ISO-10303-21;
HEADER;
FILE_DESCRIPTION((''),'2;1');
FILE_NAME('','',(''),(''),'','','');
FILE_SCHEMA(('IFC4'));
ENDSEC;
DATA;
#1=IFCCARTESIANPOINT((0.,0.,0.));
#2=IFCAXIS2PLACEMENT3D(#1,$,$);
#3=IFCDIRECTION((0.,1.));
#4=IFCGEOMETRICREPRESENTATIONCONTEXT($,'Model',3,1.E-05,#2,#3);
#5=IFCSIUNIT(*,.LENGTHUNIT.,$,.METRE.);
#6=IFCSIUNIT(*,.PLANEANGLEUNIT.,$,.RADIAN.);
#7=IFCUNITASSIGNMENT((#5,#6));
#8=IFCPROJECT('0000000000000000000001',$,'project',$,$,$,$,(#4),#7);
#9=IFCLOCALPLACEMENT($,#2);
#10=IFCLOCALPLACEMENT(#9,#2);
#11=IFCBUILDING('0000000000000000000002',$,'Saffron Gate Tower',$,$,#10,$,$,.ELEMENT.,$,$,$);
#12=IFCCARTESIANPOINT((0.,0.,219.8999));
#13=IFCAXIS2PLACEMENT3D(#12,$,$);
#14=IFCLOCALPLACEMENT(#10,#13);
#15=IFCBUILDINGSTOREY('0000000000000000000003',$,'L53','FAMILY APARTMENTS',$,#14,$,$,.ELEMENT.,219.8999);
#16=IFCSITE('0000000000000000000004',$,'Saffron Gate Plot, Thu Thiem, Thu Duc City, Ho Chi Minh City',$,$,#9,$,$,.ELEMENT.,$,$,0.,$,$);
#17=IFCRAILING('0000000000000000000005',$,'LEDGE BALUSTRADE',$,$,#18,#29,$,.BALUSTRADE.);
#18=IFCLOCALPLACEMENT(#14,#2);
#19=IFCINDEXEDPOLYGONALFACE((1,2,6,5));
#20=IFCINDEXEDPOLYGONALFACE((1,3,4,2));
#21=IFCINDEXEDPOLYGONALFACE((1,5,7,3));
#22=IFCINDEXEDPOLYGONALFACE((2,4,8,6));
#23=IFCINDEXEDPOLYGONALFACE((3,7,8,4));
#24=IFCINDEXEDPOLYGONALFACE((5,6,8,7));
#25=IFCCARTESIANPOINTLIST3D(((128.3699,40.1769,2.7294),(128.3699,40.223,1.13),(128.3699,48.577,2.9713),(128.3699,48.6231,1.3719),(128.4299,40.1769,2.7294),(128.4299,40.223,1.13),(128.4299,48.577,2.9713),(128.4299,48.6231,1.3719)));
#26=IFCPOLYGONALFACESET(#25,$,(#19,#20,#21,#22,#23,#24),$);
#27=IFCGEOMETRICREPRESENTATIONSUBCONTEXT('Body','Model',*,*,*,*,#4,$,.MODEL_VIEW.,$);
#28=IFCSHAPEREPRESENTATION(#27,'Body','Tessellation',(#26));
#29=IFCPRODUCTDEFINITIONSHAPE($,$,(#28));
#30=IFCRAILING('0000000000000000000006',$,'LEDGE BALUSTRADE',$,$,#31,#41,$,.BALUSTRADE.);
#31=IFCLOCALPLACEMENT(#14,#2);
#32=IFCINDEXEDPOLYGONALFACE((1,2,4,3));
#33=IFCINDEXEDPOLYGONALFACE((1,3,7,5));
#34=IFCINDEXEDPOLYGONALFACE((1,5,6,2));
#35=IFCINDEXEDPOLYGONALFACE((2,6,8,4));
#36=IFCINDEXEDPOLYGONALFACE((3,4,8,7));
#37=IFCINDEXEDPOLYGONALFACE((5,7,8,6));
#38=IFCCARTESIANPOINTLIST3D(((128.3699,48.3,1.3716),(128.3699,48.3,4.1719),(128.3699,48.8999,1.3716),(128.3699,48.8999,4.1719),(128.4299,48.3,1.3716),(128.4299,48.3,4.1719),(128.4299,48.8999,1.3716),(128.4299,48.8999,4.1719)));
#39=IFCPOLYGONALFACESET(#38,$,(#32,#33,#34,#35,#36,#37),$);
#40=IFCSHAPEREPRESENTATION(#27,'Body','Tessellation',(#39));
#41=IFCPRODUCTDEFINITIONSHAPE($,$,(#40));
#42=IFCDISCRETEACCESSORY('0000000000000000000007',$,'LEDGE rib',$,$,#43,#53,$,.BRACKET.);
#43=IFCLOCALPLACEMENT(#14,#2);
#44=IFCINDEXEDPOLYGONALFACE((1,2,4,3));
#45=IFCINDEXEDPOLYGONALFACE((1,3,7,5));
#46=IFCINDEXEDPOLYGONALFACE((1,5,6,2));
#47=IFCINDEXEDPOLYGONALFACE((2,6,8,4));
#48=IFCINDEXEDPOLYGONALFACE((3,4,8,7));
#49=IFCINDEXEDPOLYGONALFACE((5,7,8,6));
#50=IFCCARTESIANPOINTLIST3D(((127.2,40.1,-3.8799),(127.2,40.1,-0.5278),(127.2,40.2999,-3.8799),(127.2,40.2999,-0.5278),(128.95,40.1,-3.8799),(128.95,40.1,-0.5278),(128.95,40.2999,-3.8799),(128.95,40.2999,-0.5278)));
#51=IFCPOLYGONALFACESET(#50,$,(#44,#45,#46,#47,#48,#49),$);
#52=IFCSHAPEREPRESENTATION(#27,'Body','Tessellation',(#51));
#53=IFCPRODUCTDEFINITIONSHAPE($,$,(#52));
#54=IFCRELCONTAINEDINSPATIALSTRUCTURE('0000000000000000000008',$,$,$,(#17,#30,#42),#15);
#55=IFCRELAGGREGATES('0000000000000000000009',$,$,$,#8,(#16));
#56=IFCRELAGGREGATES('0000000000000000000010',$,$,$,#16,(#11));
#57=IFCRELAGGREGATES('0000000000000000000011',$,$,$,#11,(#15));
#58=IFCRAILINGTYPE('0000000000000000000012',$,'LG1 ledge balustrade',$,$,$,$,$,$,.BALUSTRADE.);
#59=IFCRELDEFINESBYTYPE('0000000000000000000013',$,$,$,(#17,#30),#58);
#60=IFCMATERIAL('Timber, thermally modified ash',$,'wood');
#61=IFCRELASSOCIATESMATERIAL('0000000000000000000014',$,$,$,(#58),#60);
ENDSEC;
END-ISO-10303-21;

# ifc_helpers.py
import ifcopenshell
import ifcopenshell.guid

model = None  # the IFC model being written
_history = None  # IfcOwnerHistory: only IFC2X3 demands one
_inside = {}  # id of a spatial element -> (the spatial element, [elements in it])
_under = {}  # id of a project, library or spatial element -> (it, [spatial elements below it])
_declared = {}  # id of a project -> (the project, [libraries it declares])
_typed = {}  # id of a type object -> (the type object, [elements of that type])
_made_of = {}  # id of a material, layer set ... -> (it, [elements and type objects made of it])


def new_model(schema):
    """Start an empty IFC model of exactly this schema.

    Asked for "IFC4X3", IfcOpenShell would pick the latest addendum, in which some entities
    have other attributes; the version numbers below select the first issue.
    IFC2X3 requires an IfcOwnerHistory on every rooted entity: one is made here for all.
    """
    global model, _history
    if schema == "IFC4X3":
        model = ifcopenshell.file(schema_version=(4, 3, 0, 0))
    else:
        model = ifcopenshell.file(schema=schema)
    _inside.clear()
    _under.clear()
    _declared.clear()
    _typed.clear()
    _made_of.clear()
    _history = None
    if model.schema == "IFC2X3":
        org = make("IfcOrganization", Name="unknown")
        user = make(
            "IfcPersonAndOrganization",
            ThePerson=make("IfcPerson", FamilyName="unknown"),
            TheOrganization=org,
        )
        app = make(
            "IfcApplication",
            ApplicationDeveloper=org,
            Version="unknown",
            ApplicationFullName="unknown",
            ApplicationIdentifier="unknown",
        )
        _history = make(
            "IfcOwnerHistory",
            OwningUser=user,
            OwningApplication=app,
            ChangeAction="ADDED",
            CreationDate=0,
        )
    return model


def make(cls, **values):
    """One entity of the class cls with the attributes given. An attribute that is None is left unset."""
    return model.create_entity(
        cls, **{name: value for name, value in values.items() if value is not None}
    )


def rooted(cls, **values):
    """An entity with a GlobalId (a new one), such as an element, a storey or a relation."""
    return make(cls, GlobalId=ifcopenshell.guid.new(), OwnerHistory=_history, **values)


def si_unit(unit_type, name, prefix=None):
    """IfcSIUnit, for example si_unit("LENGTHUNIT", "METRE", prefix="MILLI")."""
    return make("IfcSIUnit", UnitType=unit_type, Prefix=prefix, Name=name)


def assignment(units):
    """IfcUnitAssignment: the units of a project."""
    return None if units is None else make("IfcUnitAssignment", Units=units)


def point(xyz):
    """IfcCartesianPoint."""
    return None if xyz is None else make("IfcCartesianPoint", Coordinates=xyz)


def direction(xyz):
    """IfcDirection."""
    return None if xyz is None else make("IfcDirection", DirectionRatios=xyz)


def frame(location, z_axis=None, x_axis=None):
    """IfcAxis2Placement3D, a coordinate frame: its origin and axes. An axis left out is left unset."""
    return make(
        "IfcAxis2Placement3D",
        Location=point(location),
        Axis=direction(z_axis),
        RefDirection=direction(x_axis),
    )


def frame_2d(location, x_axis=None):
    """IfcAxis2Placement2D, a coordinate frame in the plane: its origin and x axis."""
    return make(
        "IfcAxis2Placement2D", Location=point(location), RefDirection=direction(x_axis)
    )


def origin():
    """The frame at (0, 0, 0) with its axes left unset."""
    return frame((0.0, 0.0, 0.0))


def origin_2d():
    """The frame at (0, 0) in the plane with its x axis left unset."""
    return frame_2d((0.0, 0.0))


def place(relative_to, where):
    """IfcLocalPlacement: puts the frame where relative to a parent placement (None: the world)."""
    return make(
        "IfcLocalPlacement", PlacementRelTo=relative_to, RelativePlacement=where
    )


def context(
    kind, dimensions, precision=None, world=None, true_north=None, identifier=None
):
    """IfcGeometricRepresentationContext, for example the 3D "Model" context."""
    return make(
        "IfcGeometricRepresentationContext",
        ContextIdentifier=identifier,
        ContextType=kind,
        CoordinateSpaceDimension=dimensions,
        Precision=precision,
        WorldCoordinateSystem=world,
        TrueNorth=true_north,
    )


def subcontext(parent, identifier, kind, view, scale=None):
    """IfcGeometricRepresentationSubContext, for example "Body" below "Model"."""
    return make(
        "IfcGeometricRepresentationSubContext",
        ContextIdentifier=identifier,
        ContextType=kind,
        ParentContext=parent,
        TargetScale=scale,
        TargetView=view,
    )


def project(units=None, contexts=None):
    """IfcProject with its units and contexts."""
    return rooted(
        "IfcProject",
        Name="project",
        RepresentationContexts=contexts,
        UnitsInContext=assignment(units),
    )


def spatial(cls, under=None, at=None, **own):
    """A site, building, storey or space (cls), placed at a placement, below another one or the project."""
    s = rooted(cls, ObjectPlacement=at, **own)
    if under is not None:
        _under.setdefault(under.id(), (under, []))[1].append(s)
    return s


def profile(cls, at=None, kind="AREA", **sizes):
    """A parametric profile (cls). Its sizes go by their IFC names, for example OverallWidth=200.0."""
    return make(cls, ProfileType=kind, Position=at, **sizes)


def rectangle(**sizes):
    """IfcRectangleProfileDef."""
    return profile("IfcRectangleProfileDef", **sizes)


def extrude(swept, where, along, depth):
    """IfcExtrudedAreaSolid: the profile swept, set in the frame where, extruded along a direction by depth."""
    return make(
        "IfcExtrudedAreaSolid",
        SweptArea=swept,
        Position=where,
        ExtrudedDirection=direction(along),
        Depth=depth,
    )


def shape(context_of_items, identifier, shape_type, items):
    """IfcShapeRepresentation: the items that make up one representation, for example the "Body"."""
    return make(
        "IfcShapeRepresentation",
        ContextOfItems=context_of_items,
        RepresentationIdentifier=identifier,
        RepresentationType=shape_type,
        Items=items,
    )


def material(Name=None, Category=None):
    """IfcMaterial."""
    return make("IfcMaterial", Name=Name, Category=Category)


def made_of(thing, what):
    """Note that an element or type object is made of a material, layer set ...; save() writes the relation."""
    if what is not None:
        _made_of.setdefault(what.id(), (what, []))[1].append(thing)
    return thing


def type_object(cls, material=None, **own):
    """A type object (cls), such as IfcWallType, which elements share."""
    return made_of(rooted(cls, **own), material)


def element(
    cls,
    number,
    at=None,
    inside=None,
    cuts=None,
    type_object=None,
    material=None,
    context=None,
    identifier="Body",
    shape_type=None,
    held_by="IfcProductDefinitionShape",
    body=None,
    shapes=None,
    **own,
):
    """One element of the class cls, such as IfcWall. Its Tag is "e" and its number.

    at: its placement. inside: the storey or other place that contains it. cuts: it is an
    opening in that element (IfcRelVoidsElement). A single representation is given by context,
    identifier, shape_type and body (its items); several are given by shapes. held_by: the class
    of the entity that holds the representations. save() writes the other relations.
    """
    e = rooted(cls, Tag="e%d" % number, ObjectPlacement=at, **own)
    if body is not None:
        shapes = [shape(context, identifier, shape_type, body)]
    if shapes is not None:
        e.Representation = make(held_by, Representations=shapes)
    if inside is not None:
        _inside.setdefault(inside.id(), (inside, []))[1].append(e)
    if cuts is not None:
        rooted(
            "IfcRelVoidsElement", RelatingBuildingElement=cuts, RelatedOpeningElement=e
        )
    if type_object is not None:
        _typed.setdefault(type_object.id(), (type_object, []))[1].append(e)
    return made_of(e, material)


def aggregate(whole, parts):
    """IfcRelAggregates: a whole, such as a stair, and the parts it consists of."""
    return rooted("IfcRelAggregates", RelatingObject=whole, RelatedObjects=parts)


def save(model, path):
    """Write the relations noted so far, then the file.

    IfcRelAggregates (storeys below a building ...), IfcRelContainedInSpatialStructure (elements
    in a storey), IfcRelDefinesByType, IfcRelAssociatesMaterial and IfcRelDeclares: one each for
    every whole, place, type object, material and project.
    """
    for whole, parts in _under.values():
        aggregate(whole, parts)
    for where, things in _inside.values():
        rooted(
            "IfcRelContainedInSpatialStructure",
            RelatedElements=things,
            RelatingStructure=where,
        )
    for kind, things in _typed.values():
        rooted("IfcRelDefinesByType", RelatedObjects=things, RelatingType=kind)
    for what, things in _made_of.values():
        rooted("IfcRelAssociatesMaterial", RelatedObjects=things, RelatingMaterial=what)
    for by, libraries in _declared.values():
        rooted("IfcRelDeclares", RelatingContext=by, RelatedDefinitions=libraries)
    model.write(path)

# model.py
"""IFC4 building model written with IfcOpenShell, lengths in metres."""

from ifc_helpers import new_model, si_unit, direction, frame, origin, origin_2d, place, context, subcontext, project, spatial, rectangle, extrude, material, type_object, element, save


model = new_model("IFC4")

# Units and contexts
model_context = context("Model", 3, precision=1e-05, world=origin(), true_north=direction((0.0, 1.0)))
body_context = subcontext(model_context, "Body", "Model", "MODEL_VIEW")
ifc_project = project(units=[si_unit("LENGTHUNIT", "METRE"), si_unit("PLANEANGLEUNIT", "RADIAN")], contexts=[model_context])

# Site, building, storey
site_placement = place(None, origin())
site = spatial("IfcSite", under=ifc_project, at=site_placement, Name="Saffron Gate Plot, Thu Thiem, Thu Duc City, Ho Chi Minh City", CompositionType="ELEMENT", RefElevation=0.0)
building_placement = place(site_placement, origin())
building = spatial("IfcBuilding", under=site, at=building_placement, Name="Saffron Gate Tower", CompositionType="ELEMENT")
storey_placement = place(building_placement, frame((0.0, 0.0, 219.8999)))
storey = spatial("IfcBuildingStorey", under=building, at=storey_placement, Name="L53", Description="FAMILY APARTMENTS", CompositionType="ELEMENT", Elevation=219.8999)

# Shared definitions
ifc_material_1 = material(Name="Timber, thermally modified ash", Category="wood")

# Railings
railing_type = type_object("IfcRailingType", Name="LG1 ledge balustrade", PredefinedType="BALUSTRADE", material=ifc_material_1)
railing_1_placement = place(storey_placement, frame((128.3999, 40.2, 1.1296)))
element("IfcRailing", 1, at=railing_1_placement, inside=storey, type_object=railing_type, Name="LEDGE BALUSTRADE", PredefinedType="BALUSTRADE", context=body_context, shape_type="SweptSolid", body=[
    extrude(rectangle(XDim=0.0601, YDim=1.6001, at=origin_2d()), frame((0.0, 0.0, 0.8), z_axis=(0.0, 0.999585, 0.02879), x_axis=(-1.0, 0.0, 0.0)), (0.0, 0.0, 1.0), 8.4036),
])
railing_2_placement = place(storey_placement, frame((128.3999, 48.3, 1.3716)))
element("IfcRailing", 2, at=railing_2_placement, inside=storey, type_object=railing_type, Name="LEDGE BALUSTRADE", PredefinedType="BALUSTRADE", context=body_context, shape_type="SweptSolid", body=[
    extrude(rectangle(XDim=0.0601, YDim=2.8003, at=origin_2d()), frame((0.0, 0.0, 1.4001), z_axis=(0.0, 1.0, 0.0), x_axis=(-1.0, 0.0, 0.0)), (0.0, 0.0, 1.0), 0.5999),
])

# Discrete accessory
discrete_accessory_placement = place(storey_placement, frame((128.075, 40.2, -3.8799), z_axis=(0.0, 0.0, 1.0), x_axis=(0.0, 1.0, 0.0)))
element("IfcDiscreteAccessory", 3, at=discrete_accessory_placement, inside=storey, Name="LEDGE rib", PredefinedType="BRACKET", context=body_context, shape_type="SweptSolid", body=[
    extrude(rectangle(XDim=0.2, YDim=1.75, at=origin_2d()), origin(), (0.0, 0.0, 1.0), 3.3521),
])

save(model, "model.ifc")
